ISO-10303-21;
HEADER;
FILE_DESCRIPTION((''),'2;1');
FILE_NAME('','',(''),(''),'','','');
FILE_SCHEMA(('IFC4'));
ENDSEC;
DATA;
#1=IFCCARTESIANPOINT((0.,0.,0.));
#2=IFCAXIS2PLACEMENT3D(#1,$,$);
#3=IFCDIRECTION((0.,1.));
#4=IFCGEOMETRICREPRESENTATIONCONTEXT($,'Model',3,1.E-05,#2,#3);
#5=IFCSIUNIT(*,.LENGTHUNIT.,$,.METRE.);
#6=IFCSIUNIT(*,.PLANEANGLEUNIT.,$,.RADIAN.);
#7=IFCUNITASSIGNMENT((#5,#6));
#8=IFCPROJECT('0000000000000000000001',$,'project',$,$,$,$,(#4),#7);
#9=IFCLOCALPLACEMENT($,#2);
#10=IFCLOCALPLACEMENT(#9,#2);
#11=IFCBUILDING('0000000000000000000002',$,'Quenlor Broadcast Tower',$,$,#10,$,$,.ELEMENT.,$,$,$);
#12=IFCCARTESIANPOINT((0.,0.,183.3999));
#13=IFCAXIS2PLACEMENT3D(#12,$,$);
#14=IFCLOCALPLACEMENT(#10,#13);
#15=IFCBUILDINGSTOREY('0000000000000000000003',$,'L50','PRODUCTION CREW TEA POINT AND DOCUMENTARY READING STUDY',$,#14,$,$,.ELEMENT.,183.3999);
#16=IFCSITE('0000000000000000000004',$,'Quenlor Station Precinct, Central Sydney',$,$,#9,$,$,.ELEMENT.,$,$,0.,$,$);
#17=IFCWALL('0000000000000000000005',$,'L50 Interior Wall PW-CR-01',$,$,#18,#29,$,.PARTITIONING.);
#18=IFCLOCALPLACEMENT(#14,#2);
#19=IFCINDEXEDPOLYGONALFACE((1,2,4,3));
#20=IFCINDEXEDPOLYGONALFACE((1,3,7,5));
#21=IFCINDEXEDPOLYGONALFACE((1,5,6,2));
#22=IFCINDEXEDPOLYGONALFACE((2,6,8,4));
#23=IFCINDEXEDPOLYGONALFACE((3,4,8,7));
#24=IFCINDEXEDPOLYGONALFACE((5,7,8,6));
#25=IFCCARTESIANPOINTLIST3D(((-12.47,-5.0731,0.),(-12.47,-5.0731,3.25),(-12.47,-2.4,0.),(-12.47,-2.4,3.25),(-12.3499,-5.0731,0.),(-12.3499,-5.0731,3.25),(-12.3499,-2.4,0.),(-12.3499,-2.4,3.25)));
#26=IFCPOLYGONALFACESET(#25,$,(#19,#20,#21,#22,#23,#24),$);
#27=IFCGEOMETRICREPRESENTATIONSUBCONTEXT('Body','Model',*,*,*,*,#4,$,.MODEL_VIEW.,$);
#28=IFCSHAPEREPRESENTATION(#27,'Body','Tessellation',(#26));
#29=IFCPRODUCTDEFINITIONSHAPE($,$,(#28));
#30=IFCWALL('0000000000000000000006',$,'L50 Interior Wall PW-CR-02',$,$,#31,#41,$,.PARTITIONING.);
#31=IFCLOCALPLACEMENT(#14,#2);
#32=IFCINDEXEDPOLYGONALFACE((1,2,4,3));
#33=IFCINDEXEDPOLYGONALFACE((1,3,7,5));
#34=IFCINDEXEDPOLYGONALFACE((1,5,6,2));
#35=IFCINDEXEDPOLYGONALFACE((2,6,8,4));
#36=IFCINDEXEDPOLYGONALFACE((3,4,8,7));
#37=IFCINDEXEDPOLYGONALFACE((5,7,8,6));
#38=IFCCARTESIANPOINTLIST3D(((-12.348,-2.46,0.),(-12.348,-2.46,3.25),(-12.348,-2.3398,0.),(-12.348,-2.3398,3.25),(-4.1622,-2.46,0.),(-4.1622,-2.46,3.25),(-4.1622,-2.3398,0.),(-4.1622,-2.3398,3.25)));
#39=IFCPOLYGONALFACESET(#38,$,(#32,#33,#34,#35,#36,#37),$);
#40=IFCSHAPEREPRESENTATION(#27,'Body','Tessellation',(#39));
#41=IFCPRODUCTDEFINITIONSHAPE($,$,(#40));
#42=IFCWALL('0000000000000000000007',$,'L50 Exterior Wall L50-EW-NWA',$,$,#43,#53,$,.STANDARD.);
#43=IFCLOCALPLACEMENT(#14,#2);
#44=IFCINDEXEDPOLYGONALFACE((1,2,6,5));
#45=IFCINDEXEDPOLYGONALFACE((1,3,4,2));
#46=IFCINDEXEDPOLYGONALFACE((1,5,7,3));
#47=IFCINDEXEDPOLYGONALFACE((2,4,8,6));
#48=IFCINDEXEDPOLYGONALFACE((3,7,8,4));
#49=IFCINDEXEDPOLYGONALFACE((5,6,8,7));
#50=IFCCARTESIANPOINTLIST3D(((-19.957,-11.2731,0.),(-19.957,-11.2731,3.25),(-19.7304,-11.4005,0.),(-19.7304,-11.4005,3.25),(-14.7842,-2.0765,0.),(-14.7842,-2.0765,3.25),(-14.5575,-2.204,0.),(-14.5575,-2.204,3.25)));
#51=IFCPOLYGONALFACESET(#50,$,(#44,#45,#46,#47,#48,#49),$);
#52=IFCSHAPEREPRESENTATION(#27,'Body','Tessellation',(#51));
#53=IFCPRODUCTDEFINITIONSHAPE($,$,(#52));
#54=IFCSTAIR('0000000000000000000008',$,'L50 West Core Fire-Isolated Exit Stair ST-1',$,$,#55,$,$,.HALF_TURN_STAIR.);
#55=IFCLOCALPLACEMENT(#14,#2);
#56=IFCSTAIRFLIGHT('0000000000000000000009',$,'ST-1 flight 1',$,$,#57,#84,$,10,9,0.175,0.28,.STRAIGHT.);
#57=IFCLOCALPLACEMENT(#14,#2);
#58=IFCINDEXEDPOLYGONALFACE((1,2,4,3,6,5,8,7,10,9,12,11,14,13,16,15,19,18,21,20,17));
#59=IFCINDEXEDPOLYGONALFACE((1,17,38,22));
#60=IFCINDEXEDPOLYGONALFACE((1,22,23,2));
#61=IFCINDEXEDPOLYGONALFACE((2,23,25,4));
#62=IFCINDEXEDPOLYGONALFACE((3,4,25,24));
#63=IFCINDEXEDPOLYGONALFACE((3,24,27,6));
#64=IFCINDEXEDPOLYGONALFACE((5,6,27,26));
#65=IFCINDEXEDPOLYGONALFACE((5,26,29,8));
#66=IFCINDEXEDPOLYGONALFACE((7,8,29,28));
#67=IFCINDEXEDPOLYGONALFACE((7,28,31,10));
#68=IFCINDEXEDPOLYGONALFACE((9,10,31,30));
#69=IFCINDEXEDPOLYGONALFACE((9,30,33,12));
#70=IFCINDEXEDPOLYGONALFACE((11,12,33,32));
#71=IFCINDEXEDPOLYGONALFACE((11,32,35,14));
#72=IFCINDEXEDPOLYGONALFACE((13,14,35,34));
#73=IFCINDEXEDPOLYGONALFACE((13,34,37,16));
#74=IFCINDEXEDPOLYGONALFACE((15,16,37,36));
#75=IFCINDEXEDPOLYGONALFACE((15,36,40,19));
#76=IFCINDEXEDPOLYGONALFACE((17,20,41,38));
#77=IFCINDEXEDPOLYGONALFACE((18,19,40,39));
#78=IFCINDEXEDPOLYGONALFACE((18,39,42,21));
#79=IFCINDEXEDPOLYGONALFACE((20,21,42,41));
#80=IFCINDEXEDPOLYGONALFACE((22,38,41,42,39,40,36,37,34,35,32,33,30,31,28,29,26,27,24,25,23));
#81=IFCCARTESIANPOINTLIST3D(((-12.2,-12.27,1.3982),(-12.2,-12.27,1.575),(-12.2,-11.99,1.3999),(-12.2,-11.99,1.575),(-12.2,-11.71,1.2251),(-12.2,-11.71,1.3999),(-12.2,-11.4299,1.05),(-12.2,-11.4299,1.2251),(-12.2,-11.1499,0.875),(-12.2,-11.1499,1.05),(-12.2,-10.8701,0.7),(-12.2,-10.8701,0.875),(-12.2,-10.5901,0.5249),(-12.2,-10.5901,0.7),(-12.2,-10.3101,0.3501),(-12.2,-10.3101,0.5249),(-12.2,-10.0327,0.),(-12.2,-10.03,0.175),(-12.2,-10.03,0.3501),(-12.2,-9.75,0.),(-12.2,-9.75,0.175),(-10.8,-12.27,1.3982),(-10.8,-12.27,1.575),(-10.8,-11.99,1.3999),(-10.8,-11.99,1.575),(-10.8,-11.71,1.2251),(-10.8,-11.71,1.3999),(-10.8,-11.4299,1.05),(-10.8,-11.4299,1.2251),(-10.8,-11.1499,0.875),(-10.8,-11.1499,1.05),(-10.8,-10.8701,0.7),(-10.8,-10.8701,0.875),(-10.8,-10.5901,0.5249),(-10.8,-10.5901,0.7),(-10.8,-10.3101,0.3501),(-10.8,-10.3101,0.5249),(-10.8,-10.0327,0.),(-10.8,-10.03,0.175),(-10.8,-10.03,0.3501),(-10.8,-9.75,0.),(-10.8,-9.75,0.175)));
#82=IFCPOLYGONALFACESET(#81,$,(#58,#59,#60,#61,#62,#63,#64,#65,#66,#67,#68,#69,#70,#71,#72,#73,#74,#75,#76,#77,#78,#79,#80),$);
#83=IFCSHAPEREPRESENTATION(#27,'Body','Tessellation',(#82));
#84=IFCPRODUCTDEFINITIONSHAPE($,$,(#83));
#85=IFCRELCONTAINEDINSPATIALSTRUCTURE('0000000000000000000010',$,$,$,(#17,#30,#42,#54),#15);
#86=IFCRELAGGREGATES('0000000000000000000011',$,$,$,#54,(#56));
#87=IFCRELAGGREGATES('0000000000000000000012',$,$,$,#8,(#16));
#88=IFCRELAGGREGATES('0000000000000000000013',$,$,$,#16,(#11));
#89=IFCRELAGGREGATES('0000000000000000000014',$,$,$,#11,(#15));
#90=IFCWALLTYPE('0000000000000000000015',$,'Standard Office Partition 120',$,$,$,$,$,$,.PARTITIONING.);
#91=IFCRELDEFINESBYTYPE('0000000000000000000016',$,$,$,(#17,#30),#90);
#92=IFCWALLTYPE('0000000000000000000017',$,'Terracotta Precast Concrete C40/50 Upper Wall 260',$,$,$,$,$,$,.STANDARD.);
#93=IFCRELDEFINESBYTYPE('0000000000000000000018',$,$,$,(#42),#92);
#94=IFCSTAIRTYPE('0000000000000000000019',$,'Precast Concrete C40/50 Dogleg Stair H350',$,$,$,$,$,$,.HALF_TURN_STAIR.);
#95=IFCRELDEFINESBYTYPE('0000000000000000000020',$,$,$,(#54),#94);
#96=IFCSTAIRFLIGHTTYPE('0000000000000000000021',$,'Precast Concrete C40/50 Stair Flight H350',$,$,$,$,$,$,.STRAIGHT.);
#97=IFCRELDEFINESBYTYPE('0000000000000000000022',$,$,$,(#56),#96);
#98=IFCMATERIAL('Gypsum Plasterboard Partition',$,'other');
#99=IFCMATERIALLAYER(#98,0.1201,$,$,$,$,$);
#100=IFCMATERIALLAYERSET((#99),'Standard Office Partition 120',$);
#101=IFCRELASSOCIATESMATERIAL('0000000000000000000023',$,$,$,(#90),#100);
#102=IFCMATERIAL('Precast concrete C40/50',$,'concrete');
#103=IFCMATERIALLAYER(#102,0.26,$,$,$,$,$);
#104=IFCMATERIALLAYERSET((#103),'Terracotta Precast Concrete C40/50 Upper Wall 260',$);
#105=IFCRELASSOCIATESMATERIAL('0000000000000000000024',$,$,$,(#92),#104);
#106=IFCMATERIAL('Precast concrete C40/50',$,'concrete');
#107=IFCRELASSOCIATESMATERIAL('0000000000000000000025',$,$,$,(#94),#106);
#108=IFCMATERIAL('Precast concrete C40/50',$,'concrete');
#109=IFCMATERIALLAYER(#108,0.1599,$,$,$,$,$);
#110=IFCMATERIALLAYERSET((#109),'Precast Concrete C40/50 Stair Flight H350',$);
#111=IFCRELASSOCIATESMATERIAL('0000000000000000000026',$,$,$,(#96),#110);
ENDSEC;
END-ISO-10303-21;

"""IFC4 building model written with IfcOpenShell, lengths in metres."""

from ifc_helpers import new_model, si_unit, direction, frame, frame_2d, origin, place, context, subcontext, project, spatial, polyline, rectangle, outline, extrude, material, layer, layer_set, type_object, element, aggregate, save


model = new_model("IFC4")

# Units and contexts
model_context = context("Model", 3, precision=1e-05, world=origin(), true_north=direction((0.0, 1.0)))
body_context = subcontext(model_context, "Body", "Model", "MODEL_VIEW")
ifc_project = project(units=[si_unit("LENGTHUNIT", "METRE"), si_unit("PLANEANGLEUNIT", "RADIAN")], contexts=[model_context])

# Site, building, storey
site_placement = place(None, origin())
site = spatial("IfcSite", under=ifc_project, at=site_placement, Name="Quenlor Station Precinct, Central Sydney", CompositionType="ELEMENT", RefElevation=0.0)
building_placement = place(site_placement, origin())
building = spatial("IfcBuilding", under=site, at=building_placement, Name="Quenlor Broadcast Tower", CompositionType="ELEMENT")
storey_placement = place(building_placement, frame((0.0, 0.0, 183.3999)))
storey = spatial("IfcBuildingStorey", under=building, at=storey_placement, Name="L50", Description="PRODUCTION CREW TEA POINT AND DOCUMENTARY READING STUDY", CompositionType="ELEMENT", Elevation=183.3999)

# Walls
ifc_material_1 = material(Name="Gypsum Plasterboard Partition", Category="other")
ifc_layer_1 = layer(ifc_material_1, 0.1201)
ifc_layer_set_1 = layer_set([ifc_layer_1], Name="Standard Office Partition 120")
wall_type_1 = type_object("IfcWallType", Name="Standard Office Partition 120", PredefinedType="PARTITIONING", material=ifc_layer_set_1)
wall_1_placement = place(storey_placement, frame((-12.4099, -5.073, 0.0), z_axis=(0.0, 0.0, 1.0), x_axis=(0.0, 1.0, 0.0)))
element("IfcWall", 1, at=wall_1_placement, inside=storey, type_object=wall_type_1, Name="L50 Interior Wall PW-CR-01", PredefinedType="PARTITIONING", context=body_context, shape_type="SweptSolid", body=[
    extrude(rectangle(XDim=2.6731, YDim=0.1201, at=frame_2d((1.3364, 0.0))), origin(), (0.0, 0.0, 1.0), 3.25),
])
wall_2_placement = place(storey_placement, frame((-12.3479, -2.3999, 0.0), z_axis=(0.0, 0.0, 1.0), x_axis=(1.0, 0.0, 0.0)))
element("IfcWall", 2, at=wall_2_placement, inside=storey, type_object=wall_type_1, Name="L50 Interior Wall PW-CR-02", PredefinedType="PARTITIONING", context=body_context, shape_type="SweptSolid", body=[
    extrude(rectangle(XDim=8.1858, YDim=0.1201, at=frame_2d((4.0928, 0.0))), origin(), (0.0, 0.0, 1.0), 3.25),
])
ifc_material_2 = material(Name="Precast concrete C40/50", Category="concrete")
ifc_layer_2 = layer(ifc_material_2, 0.26)
ifc_layer_set_2 = layer_set([ifc_layer_2], Name="Terracotta Precast Concrete C40/50 Upper Wall 260")
wall_type_2 = type_object("IfcWallType", Name="Terracotta Precast Concrete C40/50 Upper Wall 260", PredefinedType="STANDARD", material=ifc_layer_set_2)
wall_3_placement = place(storey_placement, frame((-19.8438, -11.3369, 0.0), z_axis=(0.0, 0.0, 1.0), x_axis=(0.490247, 0.871584, 0.0)))
element("IfcWall", 3, at=wall_3_placement, inside=storey, type_object=wall_type_2, Name="L50 Exterior Wall L50-EW-NWA", PredefinedType="STANDARD", context=body_context, shape_type="SweptSolid", body=[
    extrude(rectangle(XDim=10.5515, YDim=0.26, at=frame_2d((5.2759, 0.0))), origin(), (0.0, 0.0, 1.0), 3.25),
])

# Stair, stair flight
ifc_material_3 = material(Name="Precast concrete C40/50", Category="concrete")
stair_type = type_object("IfcStairType", Name="Precast Concrete C40/50 Dogleg Stair H350", PredefinedType="HALF_TURN_STAIR", material=ifc_material_3)
stair_placement = place(storey_placement, origin())
stair = element("IfcStair", 4, at=stair_placement, inside=storey, type_object=stair_type, Name="L50 West Core Fire-Isolated Exit Stair ST-1", PredefinedType="HALF_TURN_STAIR")
ifc_material_4 = material(Name="Precast concrete C40/50", Category="concrete")
ifc_layer_3 = layer(ifc_material_4, 0.1599)
ifc_layer_set_3 = layer_set([ifc_layer_3], Name="Precast Concrete C40/50 Stair Flight H350")
stair_flight_type = type_object("IfcStairFlightType", Name="Precast Concrete C40/50 Stair Flight H350", PredefinedType="STRAIGHT", material=ifc_layer_set_3)
stair_flight_placement = place(storey_placement, frame((-11.5, -9.75, 0.0), z_axis=(0.0, 0.0, 1.0), x_axis=(0.0, -1.0, 0.0)))
stair_flight = element("IfcStairFlight", 5, at=stair_flight_placement, type_object=stair_flight_type, Name="ST-1 flight 1", NumberOfRisers=10, NumberOfTreads=9, PredefinedType="STRAIGHT", RiserHeight=0.175, TreadLength=0.28, context=body_context, shape_type="SweptSolid", body=[
    extrude(outline(polyline([(0.0, 0.0), (0.0, 0.175), (0.28, 0.175), (0.28, 0.3501), (0.5601, 0.3501), (0.5601, 0.5249), (0.8401, 0.5249), (0.8401, 0.7), (1.1201, 0.7), (1.1201, 0.875), (1.3999, 0.875), (1.3999, 1.05), (1.6799, 1.05), (1.6799, 1.2251), (1.96, 1.2251), (1.96, 1.3999), (2.24, 1.3999), (2.24, 1.575), (2.52, 1.575), (2.52, 1.75), (2.52, 1.3982), (0.2827, 0.0), (0.0, 0.0)])), frame((0.0, 0.7, 0.0), z_axis=(0.0, -1.0, 0.0), x_axis=(1.0, 0.0, 0.0)), (0.0, 0.0, 1.0), 1.3999),
])
aggregate(stair, [stair_flight])

save(model, "model.ifc")
